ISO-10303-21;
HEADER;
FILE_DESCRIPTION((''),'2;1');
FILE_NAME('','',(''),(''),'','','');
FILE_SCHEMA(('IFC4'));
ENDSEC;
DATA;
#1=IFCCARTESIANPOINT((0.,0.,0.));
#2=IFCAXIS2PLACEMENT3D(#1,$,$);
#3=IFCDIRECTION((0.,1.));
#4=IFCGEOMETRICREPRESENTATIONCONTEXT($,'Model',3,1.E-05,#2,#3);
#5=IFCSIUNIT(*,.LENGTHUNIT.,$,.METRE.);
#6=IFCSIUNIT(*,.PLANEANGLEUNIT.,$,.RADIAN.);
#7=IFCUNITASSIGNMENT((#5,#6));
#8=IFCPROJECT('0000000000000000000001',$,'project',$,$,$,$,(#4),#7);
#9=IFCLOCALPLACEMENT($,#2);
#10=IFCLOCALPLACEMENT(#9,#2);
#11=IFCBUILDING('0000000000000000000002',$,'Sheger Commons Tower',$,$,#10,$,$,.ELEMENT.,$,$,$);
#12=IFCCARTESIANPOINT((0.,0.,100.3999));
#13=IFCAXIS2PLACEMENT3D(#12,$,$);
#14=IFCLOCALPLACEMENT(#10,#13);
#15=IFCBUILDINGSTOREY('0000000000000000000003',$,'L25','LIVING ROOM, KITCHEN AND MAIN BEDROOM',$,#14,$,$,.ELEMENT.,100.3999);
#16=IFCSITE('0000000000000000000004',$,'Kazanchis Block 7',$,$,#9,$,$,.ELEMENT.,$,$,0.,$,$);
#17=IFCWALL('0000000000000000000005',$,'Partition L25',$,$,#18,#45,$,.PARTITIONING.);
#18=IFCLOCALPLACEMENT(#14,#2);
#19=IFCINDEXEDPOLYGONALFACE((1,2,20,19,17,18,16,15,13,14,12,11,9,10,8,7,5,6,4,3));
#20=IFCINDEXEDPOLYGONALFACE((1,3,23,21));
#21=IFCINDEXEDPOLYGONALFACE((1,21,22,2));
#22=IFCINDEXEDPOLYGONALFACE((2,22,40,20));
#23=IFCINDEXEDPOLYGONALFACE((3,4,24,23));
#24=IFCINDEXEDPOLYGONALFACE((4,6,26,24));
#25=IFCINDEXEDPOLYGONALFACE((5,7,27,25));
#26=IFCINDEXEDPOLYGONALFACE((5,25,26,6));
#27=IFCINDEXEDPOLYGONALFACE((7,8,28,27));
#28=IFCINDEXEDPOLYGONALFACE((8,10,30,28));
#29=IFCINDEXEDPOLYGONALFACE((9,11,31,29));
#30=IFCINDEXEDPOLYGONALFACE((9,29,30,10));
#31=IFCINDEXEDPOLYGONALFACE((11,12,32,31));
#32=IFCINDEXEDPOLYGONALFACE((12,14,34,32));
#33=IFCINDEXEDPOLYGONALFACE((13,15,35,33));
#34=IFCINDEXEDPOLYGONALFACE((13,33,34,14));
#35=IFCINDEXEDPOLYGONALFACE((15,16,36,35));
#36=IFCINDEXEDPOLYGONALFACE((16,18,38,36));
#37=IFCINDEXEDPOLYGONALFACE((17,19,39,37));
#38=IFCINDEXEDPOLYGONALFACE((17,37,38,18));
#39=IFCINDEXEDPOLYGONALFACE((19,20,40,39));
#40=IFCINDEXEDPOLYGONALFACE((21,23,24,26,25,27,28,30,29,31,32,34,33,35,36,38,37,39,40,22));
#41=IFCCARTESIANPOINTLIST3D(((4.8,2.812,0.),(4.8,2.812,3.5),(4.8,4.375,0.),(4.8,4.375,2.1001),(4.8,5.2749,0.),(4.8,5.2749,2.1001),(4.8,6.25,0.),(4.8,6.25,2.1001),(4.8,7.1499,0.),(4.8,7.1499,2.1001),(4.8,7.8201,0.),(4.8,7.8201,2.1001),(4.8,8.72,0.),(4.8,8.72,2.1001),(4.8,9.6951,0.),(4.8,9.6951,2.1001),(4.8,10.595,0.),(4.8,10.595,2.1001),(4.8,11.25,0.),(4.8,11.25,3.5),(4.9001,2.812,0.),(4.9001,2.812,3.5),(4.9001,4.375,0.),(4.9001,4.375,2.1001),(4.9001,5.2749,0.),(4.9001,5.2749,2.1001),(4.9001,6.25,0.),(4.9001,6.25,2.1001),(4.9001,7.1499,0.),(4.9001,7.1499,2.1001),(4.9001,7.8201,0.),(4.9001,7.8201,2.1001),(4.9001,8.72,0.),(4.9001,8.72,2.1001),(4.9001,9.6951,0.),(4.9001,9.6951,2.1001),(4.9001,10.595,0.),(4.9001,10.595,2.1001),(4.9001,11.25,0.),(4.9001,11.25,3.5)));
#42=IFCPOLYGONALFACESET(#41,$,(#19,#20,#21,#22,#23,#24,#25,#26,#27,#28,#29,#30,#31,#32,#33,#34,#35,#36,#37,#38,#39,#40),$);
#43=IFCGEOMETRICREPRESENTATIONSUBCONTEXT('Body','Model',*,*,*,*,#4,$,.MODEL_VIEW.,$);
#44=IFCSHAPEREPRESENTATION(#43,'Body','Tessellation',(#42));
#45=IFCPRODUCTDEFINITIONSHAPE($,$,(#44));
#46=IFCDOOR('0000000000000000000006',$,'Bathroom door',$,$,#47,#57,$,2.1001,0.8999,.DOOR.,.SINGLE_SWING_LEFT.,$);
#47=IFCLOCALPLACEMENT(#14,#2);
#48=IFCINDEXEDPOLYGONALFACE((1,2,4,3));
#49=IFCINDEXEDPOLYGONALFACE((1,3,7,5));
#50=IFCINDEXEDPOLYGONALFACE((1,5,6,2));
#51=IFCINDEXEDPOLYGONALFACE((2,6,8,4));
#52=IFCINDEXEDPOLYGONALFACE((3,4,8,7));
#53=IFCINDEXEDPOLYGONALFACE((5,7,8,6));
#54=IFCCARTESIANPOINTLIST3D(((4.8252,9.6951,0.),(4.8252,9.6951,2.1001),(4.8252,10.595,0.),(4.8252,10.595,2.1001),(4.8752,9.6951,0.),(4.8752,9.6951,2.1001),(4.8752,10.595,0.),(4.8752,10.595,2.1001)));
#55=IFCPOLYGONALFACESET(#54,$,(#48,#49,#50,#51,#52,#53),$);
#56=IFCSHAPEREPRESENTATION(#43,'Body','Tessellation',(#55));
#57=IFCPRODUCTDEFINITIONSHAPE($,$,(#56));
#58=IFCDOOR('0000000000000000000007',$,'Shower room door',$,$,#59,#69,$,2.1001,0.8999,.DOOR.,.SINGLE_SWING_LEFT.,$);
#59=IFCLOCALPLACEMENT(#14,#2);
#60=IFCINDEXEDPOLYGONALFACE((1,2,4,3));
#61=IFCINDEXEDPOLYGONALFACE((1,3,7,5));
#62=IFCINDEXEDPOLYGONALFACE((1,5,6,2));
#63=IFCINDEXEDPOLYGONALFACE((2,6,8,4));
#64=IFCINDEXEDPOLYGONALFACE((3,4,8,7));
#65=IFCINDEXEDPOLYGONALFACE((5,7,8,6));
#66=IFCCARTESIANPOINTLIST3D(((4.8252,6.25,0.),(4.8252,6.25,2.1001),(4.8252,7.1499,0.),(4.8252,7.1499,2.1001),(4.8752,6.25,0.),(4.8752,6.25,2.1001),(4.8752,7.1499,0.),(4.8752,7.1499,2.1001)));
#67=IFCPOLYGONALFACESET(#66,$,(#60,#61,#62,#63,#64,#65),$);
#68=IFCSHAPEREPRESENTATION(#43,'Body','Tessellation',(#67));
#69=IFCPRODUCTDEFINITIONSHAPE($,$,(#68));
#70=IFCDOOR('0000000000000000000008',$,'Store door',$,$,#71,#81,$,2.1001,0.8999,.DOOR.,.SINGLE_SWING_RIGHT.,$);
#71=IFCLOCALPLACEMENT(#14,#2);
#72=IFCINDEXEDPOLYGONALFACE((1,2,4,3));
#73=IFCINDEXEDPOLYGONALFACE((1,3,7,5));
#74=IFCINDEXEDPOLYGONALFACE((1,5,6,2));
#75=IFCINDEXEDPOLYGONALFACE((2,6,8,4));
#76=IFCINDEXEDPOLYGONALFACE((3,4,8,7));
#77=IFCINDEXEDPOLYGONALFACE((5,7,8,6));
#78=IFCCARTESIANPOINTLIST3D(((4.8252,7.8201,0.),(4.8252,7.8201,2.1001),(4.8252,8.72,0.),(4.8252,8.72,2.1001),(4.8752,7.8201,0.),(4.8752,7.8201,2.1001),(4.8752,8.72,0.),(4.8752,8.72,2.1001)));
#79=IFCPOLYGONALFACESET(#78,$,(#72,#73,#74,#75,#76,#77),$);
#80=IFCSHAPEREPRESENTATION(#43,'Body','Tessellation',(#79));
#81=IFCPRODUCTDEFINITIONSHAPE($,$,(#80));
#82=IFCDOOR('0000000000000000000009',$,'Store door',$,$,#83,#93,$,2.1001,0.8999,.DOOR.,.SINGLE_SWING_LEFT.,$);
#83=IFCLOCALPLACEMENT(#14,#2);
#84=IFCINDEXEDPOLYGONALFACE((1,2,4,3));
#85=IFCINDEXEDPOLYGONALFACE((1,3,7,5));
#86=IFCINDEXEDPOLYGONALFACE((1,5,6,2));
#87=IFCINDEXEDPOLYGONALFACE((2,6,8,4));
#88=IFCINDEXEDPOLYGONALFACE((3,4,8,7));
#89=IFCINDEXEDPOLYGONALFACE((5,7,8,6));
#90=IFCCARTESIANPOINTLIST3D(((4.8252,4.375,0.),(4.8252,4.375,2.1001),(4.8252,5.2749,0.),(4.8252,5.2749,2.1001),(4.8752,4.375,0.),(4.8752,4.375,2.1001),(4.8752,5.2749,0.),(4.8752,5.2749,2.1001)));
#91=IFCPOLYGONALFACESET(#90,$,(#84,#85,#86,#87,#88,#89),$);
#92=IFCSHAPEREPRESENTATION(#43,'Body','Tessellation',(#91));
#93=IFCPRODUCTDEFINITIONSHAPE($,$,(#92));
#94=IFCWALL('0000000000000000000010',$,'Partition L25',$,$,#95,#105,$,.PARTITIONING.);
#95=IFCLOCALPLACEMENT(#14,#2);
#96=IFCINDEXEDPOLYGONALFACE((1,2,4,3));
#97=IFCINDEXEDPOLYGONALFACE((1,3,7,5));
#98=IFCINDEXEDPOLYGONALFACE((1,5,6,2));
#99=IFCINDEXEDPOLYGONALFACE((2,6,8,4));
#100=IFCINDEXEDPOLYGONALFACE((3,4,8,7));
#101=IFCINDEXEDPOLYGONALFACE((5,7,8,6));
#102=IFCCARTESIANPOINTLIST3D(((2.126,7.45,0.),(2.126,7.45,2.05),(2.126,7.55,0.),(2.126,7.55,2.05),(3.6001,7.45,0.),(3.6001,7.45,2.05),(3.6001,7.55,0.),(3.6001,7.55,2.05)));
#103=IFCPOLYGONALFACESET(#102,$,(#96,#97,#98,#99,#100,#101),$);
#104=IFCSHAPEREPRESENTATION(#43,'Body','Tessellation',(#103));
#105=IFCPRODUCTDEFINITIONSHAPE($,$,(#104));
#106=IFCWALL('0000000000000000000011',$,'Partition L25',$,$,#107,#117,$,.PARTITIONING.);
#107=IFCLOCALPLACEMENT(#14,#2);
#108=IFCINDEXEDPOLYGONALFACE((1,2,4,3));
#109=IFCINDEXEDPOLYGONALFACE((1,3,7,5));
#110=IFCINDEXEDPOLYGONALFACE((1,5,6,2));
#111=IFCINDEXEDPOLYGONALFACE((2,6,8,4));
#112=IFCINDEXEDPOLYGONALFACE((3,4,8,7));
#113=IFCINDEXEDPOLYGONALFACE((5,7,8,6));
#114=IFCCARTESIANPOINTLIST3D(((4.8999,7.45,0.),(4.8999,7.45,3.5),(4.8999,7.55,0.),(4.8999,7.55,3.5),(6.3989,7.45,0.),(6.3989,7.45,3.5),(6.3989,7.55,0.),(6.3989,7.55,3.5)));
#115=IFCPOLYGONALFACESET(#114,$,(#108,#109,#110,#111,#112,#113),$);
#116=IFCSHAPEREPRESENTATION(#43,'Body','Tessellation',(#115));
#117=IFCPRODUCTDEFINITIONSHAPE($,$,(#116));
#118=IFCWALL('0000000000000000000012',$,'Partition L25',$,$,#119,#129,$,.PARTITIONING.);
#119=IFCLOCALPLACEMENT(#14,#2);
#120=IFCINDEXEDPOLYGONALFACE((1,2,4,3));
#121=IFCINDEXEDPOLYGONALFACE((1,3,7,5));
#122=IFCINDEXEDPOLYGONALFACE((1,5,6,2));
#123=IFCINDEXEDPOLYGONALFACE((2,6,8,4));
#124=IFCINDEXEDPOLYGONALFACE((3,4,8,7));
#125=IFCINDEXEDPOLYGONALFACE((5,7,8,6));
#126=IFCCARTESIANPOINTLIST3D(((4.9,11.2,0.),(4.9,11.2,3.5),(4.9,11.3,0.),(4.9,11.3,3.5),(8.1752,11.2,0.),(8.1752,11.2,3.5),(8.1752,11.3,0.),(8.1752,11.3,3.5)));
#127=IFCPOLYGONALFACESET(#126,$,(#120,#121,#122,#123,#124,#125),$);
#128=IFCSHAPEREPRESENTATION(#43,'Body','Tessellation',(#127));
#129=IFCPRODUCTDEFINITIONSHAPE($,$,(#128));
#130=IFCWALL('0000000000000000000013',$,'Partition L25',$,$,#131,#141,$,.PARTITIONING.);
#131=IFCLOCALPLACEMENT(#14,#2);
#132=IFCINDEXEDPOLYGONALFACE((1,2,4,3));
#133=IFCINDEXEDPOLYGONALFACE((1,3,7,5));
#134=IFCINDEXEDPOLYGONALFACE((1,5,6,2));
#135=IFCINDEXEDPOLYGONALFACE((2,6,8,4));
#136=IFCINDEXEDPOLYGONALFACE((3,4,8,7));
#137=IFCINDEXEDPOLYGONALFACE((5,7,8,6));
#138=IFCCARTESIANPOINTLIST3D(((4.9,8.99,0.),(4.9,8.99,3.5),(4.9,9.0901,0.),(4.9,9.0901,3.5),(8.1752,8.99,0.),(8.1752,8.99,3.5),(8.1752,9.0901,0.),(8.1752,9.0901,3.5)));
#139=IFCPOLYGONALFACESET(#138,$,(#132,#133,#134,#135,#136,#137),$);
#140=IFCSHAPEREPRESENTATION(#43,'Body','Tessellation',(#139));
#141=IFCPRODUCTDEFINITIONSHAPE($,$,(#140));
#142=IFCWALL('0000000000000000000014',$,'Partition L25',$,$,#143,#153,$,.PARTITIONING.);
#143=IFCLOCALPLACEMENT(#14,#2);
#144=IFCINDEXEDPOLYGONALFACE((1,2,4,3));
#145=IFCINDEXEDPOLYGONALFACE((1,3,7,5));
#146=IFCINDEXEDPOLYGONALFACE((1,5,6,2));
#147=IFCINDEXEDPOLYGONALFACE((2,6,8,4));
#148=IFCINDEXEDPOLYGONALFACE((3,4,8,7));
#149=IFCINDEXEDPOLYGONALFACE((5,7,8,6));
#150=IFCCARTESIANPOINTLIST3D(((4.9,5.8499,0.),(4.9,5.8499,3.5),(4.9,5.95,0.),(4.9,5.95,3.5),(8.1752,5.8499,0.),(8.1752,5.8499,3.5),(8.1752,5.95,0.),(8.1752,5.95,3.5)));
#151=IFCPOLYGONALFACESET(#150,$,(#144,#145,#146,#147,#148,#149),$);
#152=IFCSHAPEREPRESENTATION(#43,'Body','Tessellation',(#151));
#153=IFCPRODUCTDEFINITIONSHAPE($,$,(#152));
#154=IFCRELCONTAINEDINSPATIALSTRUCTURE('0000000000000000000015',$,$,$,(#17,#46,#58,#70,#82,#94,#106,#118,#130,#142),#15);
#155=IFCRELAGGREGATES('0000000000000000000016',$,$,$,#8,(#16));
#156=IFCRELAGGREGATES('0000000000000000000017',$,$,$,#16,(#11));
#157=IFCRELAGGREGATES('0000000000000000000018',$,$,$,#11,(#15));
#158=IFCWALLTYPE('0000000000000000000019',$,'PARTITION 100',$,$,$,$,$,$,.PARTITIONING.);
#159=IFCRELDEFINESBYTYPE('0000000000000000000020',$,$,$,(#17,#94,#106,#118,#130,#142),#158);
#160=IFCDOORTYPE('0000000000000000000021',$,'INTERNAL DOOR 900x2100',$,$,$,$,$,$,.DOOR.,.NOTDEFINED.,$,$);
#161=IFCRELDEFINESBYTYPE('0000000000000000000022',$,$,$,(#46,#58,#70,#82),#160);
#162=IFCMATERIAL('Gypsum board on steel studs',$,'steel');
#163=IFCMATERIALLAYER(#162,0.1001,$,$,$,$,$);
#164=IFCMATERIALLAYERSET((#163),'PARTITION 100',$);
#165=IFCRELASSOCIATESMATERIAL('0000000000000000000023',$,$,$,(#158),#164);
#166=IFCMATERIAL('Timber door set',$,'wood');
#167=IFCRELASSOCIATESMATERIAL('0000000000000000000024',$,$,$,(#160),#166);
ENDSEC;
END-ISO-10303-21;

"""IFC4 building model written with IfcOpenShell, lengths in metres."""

from ifc_helpers import new_model, si_unit, direction, frame, frame_2d, origin, place, context, subcontext, project, spatial, rectangle, extrude, material, layer, layer_set, type_object, element, fill, save


model = new_model("IFC4")

# Units and contexts
model_context = context("Model", 3, precision=1e-05, world=origin(), true_north=direction((0.0, 1.0)))
body_context = subcontext(model_context, "Body", "Model", "MODEL_VIEW")
ifc_project = project(units=[si_unit("LENGTHUNIT", "METRE"), si_unit("PLANEANGLEUNIT", "RADIAN")], contexts=[model_context])

# Site, building, storey
site_placement = place(None, origin())
site = spatial("IfcSite", under=ifc_project, at=site_placement, Name="Kazanchis Block 7", CompositionType="ELEMENT", RefElevation=0.0)
building_placement = place(site_placement, origin())
building = spatial("IfcBuilding", under=site, at=building_placement, Name="Sheger Commons Tower", CompositionType="ELEMENT")
storey_placement = place(building_placement, frame((0.0, 0.0, 100.3999)))
storey = spatial("IfcBuildingStorey", under=building, at=storey_placement, Name="L25", Description="LIVING ROOM, KITCHEN AND MAIN BEDROOM", CompositionType="ELEMENT", Elevation=100.3999)

# Wall, openings, doors
ifc_material_1 = material(Name="Gypsum board on steel studs", Category="steel")
ifc_layer_1 = layer(ifc_material_1, 0.1001)
ifc_layer_set_1 = layer_set([ifc_layer_1], Name="PARTITION 100")
wall_type_1 = type_object("IfcWallType", Name="PARTITION 100", PredefinedType="PARTITIONING", material=ifc_layer_set_1)
ifc_material_2 = material(Name="Timber door set", Category="wood")
door_type = type_object("IfcDoorType", Name="INTERNAL DOOR 900x2100", OperationType="NOTDEFINED", PredefinedType="DOOR", material=ifc_material_2)
wall_1_placement = place(storey_placement, frame((4.8501, 2.812, 0.0), z_axis=(0.0, 0.0, 1.0), x_axis=(0.0, 1.0, 0.0)))
wall_1 = element("IfcWall", 1, at=wall_1_placement, inside=storey, type_object=wall_type_1, Name="Partition L25", PredefinedType="PARTITIONING", context=body_context, shape_type="SweptSolid", body=[
    extrude(rectangle(XDim=8.438, YDim=0.1001, at=frame_2d((4.219, 0.0))), origin(), (0.0, 0.0, 1.0), 3.5),
])
opening_1_placement = place(wall_1_placement, frame((6.8831, 0.0, 0.0)))
opening_1 = element("IfcOpeningElement", 2, at=opening_1_placement, cuts=wall_1, PredefinedType="OPENING", context=body_context, shape_type="SweptSolid", body=[
    extrude(rectangle(XDim=0.8999, YDim=2.1001, at=frame_2d((0.45, 1.05))), frame((0.0, 0.0601, 0.0), z_axis=(0.0, -1.0, 0.0), x_axis=(1.0, 0.0, 0.0)), (0.0, 0.0, 1.0), 0.1201),
])
opening_2_placement = place(wall_1_placement, frame((3.438, 0.0, 0.0)))
opening_2 = element("IfcOpeningElement", 3, at=opening_2_placement, cuts=wall_1, PredefinedType="OPENING", context=body_context, shape_type="SweptSolid", body=[
    extrude(rectangle(XDim=0.8999, YDim=2.1001, at=frame_2d((0.45, 1.05))), frame((0.0, 0.0601, 0.0), z_axis=(0.0, -1.0, 0.0), x_axis=(1.0, 0.0, 0.0)), (0.0, 0.0, 1.0), 0.1201),
])
opening_3_placement = place(wall_1_placement, frame((5.0081, 0.0, 0.0)))
opening_3 = element("IfcOpeningElement", 4, at=opening_3_placement, cuts=wall_1, PredefinedType="OPENING", context=body_context, shape_type="SweptSolid", body=[
    extrude(rectangle(XDim=0.8999, YDim=2.1001, at=frame_2d((0.45, 1.05))), frame((0.0, 0.0601, 0.0), z_axis=(0.0, -1.0, 0.0), x_axis=(1.0, 0.0, 0.0)), (0.0, 0.0, 1.0), 0.1201),
])
opening_4_placement = place(wall_1_placement, frame((1.563, 0.0, 0.0)))
opening_4 = element("IfcOpeningElement", 5, at=opening_4_placement, cuts=wall_1, PredefinedType="OPENING", context=body_context, shape_type="SweptSolid", body=[
    extrude(rectangle(XDim=0.8999, YDim=2.1001, at=frame_2d((0.45, 1.05))), frame((0.0, 0.0601, 0.0), z_axis=(0.0, -1.0, 0.0), x_axis=(1.0, 0.0, 0.0)), (0.0, 0.0, 1.0), 0.1201),
])
door_1_placement = place(opening_1_placement, origin())
door_1 = element("IfcDoor", 6, at=door_1_placement, inside=storey, type_object=door_type, Name="Bathroom door", OperationType="SINGLE_SWING_LEFT", OverallHeight=2.1001, OverallWidth=0.8999, PredefinedType="DOOR", context=body_context, shape_type="SweptSolid", body=[
    extrude(rectangle(XDim=0.8999, YDim=2.1001, at=frame_2d((0.45, 1.05))), frame((0.0, 0.0249, 0.0), z_axis=(0.0, -1.0, 0.0), x_axis=(1.0, 0.0, 0.0)), (0.0, 0.0, 1.0), 0.05),
])
fill(opening_1, door_1)
door_2_placement = place(opening_2_placement, origin())
door_2 = element("IfcDoor", 7, at=door_2_placement, inside=storey, type_object=door_type, Name="Shower room door", OperationType="SINGLE_SWING_LEFT", OverallHeight=2.1001, OverallWidth=0.8999, PredefinedType="DOOR", context=body_context, shape_type="SweptSolid", body=[
    extrude(rectangle(XDim=0.8999, YDim=2.1001, at=frame_2d((0.45, 1.05))), frame((0.0, 0.0249, 0.0), z_axis=(0.0, -1.0, 0.0), x_axis=(1.0, 0.0, 0.0)), (0.0, 0.0, 1.0), 0.05),
])
fill(opening_2, door_2)
door_3_placement = place(opening_3_placement, origin())
door_3 = element("IfcDoor", 8, at=door_3_placement, inside=storey, type_object=door_type, Name="Store door", OperationType="SINGLE_SWING_RIGHT", OverallHeight=2.1001, OverallWidth=0.8999, PredefinedType="DOOR", context=body_context, shape_type="SweptSolid", body=[
    extrude(rectangle(XDim=0.8999, YDim=2.1001, at=frame_2d((0.45, 1.05))), frame((0.0, 0.0249, 0.0), z_axis=(0.0, -1.0, 0.0), x_axis=(1.0, 0.0, 0.0)), (0.0, 0.0, 1.0), 0.05),
])
fill(opening_3, door_3)
door_4_placement = place(opening_4_placement, origin())
door_4 = element("IfcDoor", 9, at=door_4_placement, inside=storey, type_object=door_type, Name="Store door", OperationType="SINGLE_SWING_LEFT", OverallHeight=2.1001, OverallWidth=0.8999, PredefinedType="DOOR", context=body_context, shape_type="SweptSolid", body=[
    extrude(rectangle(XDim=0.8999, YDim=2.1001, at=frame_2d((0.45, 1.05))), frame((0.0, 0.0249, 0.0), z_axis=(0.0, -1.0, 0.0), x_axis=(1.0, 0.0, 0.0)), (0.0, 0.0, 1.0), 0.05),
])
fill(opening_4, door_4)

# Walls
wall_2_placement = place(storey_placement, frame((2.126, 7.5, 0.0), z_axis=(0.0, 0.0, 1.0), x_axis=(1.0, 0.0, 0.0)))
element("IfcWall", 10, at=wall_2_placement, inside=storey, type_object=wall_type_1, Name="Partition L25", PredefinedType="PARTITIONING", context=body_context, shape_type="SweptSolid", body=[
    extrude(rectangle(XDim=1.4741, YDim=0.1001, at=frame_2d((0.7371, 0.0))), origin(), (0.0, 0.0, 1.0), 2.05),
])
wall_3_placement = place(storey_placement, frame((4.8999, 7.5, 0.0), z_axis=(0.0, 0.0, 1.0), x_axis=(1.0, 0.0, 0.0)))
element("IfcWall", 11, at=wall_3_placement, inside=storey, type_object=wall_type_1, Name="Partition L25", PredefinedType="PARTITIONING", context=body_context, shape_type="SweptSolid", body=[
    extrude(rectangle(XDim=1.499, YDim=0.1001, at=frame_2d((0.7495, 0.0))), origin(), (0.0, 0.0, 1.0), 3.5),
])
for number, where, z_axis, x_axis, name in (
    (12, (4.8999, 11.25, 0.0), (0.0, 0.0, 1.0), (1.0, 0.0, 0.0), "Partition L25"),
    (13, (4.8999, 9.04, 0.0), (0.0, 0.0, 1.0), (1.0, 0.0, 0.0), "Partition L25"),
    (14, (4.8999, 5.8999, 0.0), (0.0, 0.0, 1.0), (1.0, 0.0, 0.0), "Partition L25"),
):
    element("IfcWall", number, at=place(storey_placement, frame(where, z_axis=z_axis, x_axis=x_axis)), inside=storey, type_object=wall_type_1, Name=name, PredefinedType="PARTITIONING", context=body_context, shape_type="SweptSolid", body=[
        extrude(rectangle(XDim=3.2751, YDim=0.1001, at=frame_2d((1.6377, 0.0))), origin(), (0.0, 0.0, 1.0), 3.5),
    ])

save(model, "model.ifc")
